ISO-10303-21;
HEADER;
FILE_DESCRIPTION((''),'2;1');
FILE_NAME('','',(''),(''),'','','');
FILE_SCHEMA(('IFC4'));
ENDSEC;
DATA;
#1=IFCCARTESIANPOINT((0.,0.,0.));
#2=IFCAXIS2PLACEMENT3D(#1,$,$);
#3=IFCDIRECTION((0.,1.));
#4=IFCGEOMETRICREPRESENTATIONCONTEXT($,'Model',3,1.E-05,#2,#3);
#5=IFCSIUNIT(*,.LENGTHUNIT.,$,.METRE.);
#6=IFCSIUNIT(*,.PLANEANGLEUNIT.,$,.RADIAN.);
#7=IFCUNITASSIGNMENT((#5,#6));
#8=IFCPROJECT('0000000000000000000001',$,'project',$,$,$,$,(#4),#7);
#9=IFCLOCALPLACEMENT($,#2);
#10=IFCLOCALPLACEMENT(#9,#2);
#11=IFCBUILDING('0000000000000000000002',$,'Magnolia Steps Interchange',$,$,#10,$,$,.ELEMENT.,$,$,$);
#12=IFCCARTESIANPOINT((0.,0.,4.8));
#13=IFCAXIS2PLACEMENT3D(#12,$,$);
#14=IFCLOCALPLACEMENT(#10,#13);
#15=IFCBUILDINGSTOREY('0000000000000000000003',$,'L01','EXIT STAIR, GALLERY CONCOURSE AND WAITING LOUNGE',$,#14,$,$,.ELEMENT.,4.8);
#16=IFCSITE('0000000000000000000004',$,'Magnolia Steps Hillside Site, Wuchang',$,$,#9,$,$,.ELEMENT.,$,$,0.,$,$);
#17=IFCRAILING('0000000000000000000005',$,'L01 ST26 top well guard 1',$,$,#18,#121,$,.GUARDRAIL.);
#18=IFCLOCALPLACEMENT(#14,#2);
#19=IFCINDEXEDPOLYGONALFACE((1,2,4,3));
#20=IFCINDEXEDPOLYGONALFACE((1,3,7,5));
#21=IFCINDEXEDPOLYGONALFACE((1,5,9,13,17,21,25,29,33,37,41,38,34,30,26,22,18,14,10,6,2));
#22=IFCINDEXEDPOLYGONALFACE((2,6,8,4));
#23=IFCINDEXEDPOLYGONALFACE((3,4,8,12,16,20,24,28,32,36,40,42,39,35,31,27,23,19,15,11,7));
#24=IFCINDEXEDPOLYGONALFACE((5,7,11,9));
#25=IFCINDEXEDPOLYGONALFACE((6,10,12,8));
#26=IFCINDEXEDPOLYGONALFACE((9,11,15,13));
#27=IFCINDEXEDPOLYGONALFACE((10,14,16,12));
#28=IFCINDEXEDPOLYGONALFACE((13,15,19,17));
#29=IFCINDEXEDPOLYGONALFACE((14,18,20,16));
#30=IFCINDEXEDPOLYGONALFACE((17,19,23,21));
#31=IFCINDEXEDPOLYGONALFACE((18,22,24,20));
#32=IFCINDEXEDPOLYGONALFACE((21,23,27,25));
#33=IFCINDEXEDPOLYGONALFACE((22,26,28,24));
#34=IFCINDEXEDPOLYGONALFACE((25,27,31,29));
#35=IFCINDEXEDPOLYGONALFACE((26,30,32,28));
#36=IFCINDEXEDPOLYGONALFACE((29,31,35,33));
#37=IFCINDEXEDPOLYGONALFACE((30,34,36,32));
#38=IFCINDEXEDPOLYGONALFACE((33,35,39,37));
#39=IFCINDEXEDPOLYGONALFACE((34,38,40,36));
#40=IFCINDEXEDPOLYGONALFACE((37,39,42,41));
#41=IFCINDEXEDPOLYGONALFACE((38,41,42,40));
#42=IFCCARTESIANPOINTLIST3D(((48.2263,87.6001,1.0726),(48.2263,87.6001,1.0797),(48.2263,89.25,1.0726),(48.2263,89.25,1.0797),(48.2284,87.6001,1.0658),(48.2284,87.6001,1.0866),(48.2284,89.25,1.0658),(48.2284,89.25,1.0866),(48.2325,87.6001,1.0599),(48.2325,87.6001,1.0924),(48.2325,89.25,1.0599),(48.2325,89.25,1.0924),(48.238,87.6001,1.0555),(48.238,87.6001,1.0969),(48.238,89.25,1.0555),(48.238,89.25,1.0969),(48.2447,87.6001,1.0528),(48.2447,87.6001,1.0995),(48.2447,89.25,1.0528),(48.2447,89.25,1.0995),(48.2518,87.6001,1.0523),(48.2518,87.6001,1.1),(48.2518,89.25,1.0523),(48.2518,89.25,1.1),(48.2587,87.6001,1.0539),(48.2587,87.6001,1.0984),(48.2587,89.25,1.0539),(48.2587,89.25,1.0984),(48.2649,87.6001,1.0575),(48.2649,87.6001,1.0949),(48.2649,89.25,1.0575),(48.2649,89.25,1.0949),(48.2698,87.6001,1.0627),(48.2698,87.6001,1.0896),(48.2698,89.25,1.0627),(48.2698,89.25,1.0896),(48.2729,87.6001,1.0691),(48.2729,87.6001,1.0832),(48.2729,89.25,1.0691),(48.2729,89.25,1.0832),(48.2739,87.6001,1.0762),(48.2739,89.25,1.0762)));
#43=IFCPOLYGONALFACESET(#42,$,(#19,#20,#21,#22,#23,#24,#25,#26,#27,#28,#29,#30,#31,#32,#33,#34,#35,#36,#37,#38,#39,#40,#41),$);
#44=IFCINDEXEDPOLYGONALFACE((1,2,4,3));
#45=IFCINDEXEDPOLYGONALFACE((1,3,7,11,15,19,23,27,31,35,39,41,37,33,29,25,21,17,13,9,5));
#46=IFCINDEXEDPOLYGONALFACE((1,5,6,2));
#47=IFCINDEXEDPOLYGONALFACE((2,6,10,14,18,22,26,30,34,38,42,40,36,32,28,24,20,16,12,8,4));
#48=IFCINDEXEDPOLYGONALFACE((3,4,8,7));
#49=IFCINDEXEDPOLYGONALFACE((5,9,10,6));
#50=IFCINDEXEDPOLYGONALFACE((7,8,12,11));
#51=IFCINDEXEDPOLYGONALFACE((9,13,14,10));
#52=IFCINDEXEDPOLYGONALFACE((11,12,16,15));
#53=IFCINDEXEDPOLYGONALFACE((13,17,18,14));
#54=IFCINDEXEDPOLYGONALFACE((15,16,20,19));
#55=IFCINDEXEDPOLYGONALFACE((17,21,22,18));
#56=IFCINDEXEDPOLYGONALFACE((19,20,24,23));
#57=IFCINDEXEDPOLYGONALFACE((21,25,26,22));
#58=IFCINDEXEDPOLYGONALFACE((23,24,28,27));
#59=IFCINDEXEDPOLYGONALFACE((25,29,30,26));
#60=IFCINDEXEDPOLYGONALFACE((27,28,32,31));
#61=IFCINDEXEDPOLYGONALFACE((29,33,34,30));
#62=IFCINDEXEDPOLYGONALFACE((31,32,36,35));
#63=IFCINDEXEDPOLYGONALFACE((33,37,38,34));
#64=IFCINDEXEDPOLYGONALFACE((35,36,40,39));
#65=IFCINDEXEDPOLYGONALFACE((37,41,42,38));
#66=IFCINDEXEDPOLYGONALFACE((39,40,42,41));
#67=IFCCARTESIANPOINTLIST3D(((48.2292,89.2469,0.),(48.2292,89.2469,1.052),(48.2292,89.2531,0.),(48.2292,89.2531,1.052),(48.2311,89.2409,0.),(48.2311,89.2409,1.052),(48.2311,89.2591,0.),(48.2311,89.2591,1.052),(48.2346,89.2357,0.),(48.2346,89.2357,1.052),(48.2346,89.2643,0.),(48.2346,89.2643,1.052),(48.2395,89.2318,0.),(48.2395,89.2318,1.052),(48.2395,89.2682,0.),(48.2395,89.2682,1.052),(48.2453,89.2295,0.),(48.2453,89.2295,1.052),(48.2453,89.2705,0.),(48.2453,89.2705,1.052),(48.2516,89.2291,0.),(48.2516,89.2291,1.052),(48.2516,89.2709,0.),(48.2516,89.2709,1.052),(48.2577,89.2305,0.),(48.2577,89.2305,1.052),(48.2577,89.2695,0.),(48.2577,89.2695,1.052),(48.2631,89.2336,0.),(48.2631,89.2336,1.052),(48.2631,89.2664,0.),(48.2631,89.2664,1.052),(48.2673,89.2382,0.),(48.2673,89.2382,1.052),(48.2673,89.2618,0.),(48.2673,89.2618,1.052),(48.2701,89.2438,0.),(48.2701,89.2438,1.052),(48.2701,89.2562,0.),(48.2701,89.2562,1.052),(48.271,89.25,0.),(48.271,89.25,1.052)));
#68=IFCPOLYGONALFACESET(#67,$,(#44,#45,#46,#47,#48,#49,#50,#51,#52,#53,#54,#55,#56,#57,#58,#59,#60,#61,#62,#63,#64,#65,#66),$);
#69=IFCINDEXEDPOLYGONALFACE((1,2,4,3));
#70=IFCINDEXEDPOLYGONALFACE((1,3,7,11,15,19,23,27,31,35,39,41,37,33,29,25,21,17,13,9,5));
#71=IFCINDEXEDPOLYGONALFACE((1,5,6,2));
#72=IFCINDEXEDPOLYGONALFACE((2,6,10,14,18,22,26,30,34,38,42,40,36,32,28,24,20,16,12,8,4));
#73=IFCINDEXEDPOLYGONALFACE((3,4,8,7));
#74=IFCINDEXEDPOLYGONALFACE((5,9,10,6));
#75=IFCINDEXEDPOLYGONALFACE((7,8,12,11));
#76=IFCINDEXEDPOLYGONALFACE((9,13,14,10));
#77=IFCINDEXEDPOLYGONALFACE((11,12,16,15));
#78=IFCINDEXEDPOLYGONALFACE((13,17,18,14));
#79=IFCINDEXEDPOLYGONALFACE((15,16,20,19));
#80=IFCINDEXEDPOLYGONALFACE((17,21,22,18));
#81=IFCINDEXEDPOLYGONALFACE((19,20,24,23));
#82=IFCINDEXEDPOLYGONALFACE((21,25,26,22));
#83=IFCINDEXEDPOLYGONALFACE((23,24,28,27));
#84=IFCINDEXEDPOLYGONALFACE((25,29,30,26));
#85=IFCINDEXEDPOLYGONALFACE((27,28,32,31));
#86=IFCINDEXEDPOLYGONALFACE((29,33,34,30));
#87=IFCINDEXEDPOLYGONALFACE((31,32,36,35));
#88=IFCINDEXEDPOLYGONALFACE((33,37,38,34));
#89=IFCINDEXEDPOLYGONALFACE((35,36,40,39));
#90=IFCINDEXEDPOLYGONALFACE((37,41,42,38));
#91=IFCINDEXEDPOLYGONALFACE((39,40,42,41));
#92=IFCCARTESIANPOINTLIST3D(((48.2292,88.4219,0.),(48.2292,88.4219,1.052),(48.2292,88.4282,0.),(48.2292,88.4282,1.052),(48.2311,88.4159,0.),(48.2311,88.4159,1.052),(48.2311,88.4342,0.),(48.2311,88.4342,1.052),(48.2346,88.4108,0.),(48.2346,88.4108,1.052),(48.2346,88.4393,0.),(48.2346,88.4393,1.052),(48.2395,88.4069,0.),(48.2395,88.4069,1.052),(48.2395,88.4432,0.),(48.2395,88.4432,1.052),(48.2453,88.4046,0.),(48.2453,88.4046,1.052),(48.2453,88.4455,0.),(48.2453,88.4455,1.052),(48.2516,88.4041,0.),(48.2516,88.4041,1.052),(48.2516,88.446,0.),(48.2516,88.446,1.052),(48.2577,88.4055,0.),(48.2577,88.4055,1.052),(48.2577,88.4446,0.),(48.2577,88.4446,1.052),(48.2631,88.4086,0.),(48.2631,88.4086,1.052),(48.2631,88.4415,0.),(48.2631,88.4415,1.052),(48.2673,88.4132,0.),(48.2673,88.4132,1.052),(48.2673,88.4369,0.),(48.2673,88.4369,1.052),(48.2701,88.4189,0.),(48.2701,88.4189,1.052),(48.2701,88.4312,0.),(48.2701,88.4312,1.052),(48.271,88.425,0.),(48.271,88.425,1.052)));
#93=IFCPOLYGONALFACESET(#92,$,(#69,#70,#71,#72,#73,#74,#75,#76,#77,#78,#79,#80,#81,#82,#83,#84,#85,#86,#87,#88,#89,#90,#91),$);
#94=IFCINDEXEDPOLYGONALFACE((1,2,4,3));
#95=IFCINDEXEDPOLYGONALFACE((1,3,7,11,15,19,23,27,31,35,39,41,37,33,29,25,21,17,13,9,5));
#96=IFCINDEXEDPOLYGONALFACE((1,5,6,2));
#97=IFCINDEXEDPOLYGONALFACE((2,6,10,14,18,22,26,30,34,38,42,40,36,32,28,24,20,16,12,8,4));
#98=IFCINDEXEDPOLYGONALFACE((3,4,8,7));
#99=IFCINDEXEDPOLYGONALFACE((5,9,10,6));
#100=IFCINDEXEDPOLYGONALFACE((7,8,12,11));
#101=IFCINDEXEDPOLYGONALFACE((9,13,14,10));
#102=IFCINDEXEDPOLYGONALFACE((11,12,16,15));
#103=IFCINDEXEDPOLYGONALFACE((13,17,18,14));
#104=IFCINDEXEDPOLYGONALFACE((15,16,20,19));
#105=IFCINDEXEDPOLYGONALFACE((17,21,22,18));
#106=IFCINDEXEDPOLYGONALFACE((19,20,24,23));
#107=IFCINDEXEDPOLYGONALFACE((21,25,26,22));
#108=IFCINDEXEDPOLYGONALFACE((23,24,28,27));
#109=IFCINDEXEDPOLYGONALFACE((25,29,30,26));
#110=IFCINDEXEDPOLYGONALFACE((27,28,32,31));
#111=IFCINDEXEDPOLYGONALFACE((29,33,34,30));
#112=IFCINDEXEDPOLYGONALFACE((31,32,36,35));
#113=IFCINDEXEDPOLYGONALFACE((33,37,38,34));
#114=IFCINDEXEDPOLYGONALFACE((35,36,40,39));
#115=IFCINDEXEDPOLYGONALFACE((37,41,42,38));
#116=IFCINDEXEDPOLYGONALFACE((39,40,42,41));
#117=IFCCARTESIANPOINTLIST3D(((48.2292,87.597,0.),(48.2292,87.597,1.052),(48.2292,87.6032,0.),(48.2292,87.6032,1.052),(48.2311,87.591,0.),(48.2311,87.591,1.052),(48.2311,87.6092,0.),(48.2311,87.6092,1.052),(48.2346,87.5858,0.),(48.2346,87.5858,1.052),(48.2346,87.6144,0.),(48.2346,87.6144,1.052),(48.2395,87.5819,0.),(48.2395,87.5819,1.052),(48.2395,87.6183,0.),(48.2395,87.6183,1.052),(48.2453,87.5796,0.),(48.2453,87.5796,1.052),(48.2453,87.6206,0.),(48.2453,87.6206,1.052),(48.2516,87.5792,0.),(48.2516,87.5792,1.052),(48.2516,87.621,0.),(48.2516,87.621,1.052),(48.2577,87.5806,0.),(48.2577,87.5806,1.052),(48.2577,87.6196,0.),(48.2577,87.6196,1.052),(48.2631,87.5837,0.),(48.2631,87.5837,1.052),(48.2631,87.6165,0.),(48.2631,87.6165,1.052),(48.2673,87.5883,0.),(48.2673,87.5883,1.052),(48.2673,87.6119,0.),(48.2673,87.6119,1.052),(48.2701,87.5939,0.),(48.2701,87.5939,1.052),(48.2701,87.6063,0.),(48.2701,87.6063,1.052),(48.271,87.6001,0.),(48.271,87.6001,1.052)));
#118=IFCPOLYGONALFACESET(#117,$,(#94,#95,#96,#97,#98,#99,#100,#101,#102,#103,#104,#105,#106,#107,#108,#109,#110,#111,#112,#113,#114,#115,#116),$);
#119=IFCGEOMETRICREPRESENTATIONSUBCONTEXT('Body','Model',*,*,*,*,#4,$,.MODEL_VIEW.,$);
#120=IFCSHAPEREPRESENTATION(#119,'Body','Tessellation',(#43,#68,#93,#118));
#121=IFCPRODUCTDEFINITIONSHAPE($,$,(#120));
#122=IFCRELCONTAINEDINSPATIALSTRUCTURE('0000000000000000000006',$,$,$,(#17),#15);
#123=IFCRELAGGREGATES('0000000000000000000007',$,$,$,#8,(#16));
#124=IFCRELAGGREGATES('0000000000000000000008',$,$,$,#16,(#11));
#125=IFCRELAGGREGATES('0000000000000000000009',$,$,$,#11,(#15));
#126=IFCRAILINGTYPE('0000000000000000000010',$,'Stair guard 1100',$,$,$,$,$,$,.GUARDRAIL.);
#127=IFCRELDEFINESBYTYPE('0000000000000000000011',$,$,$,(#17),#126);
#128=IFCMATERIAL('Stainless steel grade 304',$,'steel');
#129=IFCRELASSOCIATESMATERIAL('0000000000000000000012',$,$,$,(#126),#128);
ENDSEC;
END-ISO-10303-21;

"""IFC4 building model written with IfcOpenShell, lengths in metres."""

from ifc_helpers import new_model, si_unit, direction, frame, origin, origin_2d, place, context, subcontext, project, spatial, circle, extrude, material, type_object, element, save


model = new_model("IFC4")

# Units and contexts
model_context = context("Model", 3, precision=1e-05, world=origin(), true_north=direction((0.0, 1.0)))
body_context = subcontext(model_context, "Body", "Model", "MODEL_VIEW")
ifc_project = project(units=[si_unit("LENGTHUNIT", "METRE"), si_unit("PLANEANGLEUNIT", "RADIAN")], contexts=[model_context])

# Site, building, storey
site_placement = place(None, origin())
site = spatial("IfcSite", under=ifc_project, at=site_placement, Name="Magnolia Steps Hillside Site, Wuchang", CompositionType="ELEMENT", RefElevation=0.0)
building_placement = place(site_placement, origin())
building = spatial("IfcBuilding", under=site, at=building_placement, Name="Magnolia Steps Interchange", CompositionType="ELEMENT")
storey_placement = place(building_placement, frame((0.0, 0.0, 4.8)))
storey = spatial("IfcBuildingStorey", under=building, at=storey_placement, Name="L01", Description="EXIT STAIR, GALLERY CONCOURSE AND WAITING LOUNGE", CompositionType="ELEMENT", Elevation=4.8)

# Railing
ifc_material_1 = material(Name="Stainless steel grade 304", Category="steel")
railing_type_1 = type_object("IfcRailingType", Name="Stair guard 1100", PredefinedType="GUARDRAIL", material=ifc_material_1)
railing_1_placement = place(storey_placement, frame((48.25, 89.25, 0.0)))
element("IfcRailing", 1, at=railing_1_placement, inside=storey, type_object=railing_type_1, Name="L01 ST26 top well guard 1", PredefinedType="GUARDRAIL", context=body_context, shape_type="SweptSolid", body=[
    extrude(circle(Radius=0.0239, at=origin_2d()), frame((0.0, 0.0, 1.0762), z_axis=(0.0, -1.0, 0.0), x_axis=(1.0, 0.0, 0.0)), (0.0, 0.0, 1.0), 1.6499),
    extrude(circle(Radius=0.021, at=origin_2d()), origin(), (0.0, 0.0, 1.0), 1.052),
    extrude(circle(Radius=0.021, at=origin_2d()), frame((0.0, -0.825, 0.0)), (0.0, 0.0, 1.0), 1.052),
    extrude(circle(Radius=0.021, at=origin_2d()), frame((0.0, -1.6499, 0.0)), (0.0, 0.0, 1.0), 1.052),
])

save(model, "model.ifc")
